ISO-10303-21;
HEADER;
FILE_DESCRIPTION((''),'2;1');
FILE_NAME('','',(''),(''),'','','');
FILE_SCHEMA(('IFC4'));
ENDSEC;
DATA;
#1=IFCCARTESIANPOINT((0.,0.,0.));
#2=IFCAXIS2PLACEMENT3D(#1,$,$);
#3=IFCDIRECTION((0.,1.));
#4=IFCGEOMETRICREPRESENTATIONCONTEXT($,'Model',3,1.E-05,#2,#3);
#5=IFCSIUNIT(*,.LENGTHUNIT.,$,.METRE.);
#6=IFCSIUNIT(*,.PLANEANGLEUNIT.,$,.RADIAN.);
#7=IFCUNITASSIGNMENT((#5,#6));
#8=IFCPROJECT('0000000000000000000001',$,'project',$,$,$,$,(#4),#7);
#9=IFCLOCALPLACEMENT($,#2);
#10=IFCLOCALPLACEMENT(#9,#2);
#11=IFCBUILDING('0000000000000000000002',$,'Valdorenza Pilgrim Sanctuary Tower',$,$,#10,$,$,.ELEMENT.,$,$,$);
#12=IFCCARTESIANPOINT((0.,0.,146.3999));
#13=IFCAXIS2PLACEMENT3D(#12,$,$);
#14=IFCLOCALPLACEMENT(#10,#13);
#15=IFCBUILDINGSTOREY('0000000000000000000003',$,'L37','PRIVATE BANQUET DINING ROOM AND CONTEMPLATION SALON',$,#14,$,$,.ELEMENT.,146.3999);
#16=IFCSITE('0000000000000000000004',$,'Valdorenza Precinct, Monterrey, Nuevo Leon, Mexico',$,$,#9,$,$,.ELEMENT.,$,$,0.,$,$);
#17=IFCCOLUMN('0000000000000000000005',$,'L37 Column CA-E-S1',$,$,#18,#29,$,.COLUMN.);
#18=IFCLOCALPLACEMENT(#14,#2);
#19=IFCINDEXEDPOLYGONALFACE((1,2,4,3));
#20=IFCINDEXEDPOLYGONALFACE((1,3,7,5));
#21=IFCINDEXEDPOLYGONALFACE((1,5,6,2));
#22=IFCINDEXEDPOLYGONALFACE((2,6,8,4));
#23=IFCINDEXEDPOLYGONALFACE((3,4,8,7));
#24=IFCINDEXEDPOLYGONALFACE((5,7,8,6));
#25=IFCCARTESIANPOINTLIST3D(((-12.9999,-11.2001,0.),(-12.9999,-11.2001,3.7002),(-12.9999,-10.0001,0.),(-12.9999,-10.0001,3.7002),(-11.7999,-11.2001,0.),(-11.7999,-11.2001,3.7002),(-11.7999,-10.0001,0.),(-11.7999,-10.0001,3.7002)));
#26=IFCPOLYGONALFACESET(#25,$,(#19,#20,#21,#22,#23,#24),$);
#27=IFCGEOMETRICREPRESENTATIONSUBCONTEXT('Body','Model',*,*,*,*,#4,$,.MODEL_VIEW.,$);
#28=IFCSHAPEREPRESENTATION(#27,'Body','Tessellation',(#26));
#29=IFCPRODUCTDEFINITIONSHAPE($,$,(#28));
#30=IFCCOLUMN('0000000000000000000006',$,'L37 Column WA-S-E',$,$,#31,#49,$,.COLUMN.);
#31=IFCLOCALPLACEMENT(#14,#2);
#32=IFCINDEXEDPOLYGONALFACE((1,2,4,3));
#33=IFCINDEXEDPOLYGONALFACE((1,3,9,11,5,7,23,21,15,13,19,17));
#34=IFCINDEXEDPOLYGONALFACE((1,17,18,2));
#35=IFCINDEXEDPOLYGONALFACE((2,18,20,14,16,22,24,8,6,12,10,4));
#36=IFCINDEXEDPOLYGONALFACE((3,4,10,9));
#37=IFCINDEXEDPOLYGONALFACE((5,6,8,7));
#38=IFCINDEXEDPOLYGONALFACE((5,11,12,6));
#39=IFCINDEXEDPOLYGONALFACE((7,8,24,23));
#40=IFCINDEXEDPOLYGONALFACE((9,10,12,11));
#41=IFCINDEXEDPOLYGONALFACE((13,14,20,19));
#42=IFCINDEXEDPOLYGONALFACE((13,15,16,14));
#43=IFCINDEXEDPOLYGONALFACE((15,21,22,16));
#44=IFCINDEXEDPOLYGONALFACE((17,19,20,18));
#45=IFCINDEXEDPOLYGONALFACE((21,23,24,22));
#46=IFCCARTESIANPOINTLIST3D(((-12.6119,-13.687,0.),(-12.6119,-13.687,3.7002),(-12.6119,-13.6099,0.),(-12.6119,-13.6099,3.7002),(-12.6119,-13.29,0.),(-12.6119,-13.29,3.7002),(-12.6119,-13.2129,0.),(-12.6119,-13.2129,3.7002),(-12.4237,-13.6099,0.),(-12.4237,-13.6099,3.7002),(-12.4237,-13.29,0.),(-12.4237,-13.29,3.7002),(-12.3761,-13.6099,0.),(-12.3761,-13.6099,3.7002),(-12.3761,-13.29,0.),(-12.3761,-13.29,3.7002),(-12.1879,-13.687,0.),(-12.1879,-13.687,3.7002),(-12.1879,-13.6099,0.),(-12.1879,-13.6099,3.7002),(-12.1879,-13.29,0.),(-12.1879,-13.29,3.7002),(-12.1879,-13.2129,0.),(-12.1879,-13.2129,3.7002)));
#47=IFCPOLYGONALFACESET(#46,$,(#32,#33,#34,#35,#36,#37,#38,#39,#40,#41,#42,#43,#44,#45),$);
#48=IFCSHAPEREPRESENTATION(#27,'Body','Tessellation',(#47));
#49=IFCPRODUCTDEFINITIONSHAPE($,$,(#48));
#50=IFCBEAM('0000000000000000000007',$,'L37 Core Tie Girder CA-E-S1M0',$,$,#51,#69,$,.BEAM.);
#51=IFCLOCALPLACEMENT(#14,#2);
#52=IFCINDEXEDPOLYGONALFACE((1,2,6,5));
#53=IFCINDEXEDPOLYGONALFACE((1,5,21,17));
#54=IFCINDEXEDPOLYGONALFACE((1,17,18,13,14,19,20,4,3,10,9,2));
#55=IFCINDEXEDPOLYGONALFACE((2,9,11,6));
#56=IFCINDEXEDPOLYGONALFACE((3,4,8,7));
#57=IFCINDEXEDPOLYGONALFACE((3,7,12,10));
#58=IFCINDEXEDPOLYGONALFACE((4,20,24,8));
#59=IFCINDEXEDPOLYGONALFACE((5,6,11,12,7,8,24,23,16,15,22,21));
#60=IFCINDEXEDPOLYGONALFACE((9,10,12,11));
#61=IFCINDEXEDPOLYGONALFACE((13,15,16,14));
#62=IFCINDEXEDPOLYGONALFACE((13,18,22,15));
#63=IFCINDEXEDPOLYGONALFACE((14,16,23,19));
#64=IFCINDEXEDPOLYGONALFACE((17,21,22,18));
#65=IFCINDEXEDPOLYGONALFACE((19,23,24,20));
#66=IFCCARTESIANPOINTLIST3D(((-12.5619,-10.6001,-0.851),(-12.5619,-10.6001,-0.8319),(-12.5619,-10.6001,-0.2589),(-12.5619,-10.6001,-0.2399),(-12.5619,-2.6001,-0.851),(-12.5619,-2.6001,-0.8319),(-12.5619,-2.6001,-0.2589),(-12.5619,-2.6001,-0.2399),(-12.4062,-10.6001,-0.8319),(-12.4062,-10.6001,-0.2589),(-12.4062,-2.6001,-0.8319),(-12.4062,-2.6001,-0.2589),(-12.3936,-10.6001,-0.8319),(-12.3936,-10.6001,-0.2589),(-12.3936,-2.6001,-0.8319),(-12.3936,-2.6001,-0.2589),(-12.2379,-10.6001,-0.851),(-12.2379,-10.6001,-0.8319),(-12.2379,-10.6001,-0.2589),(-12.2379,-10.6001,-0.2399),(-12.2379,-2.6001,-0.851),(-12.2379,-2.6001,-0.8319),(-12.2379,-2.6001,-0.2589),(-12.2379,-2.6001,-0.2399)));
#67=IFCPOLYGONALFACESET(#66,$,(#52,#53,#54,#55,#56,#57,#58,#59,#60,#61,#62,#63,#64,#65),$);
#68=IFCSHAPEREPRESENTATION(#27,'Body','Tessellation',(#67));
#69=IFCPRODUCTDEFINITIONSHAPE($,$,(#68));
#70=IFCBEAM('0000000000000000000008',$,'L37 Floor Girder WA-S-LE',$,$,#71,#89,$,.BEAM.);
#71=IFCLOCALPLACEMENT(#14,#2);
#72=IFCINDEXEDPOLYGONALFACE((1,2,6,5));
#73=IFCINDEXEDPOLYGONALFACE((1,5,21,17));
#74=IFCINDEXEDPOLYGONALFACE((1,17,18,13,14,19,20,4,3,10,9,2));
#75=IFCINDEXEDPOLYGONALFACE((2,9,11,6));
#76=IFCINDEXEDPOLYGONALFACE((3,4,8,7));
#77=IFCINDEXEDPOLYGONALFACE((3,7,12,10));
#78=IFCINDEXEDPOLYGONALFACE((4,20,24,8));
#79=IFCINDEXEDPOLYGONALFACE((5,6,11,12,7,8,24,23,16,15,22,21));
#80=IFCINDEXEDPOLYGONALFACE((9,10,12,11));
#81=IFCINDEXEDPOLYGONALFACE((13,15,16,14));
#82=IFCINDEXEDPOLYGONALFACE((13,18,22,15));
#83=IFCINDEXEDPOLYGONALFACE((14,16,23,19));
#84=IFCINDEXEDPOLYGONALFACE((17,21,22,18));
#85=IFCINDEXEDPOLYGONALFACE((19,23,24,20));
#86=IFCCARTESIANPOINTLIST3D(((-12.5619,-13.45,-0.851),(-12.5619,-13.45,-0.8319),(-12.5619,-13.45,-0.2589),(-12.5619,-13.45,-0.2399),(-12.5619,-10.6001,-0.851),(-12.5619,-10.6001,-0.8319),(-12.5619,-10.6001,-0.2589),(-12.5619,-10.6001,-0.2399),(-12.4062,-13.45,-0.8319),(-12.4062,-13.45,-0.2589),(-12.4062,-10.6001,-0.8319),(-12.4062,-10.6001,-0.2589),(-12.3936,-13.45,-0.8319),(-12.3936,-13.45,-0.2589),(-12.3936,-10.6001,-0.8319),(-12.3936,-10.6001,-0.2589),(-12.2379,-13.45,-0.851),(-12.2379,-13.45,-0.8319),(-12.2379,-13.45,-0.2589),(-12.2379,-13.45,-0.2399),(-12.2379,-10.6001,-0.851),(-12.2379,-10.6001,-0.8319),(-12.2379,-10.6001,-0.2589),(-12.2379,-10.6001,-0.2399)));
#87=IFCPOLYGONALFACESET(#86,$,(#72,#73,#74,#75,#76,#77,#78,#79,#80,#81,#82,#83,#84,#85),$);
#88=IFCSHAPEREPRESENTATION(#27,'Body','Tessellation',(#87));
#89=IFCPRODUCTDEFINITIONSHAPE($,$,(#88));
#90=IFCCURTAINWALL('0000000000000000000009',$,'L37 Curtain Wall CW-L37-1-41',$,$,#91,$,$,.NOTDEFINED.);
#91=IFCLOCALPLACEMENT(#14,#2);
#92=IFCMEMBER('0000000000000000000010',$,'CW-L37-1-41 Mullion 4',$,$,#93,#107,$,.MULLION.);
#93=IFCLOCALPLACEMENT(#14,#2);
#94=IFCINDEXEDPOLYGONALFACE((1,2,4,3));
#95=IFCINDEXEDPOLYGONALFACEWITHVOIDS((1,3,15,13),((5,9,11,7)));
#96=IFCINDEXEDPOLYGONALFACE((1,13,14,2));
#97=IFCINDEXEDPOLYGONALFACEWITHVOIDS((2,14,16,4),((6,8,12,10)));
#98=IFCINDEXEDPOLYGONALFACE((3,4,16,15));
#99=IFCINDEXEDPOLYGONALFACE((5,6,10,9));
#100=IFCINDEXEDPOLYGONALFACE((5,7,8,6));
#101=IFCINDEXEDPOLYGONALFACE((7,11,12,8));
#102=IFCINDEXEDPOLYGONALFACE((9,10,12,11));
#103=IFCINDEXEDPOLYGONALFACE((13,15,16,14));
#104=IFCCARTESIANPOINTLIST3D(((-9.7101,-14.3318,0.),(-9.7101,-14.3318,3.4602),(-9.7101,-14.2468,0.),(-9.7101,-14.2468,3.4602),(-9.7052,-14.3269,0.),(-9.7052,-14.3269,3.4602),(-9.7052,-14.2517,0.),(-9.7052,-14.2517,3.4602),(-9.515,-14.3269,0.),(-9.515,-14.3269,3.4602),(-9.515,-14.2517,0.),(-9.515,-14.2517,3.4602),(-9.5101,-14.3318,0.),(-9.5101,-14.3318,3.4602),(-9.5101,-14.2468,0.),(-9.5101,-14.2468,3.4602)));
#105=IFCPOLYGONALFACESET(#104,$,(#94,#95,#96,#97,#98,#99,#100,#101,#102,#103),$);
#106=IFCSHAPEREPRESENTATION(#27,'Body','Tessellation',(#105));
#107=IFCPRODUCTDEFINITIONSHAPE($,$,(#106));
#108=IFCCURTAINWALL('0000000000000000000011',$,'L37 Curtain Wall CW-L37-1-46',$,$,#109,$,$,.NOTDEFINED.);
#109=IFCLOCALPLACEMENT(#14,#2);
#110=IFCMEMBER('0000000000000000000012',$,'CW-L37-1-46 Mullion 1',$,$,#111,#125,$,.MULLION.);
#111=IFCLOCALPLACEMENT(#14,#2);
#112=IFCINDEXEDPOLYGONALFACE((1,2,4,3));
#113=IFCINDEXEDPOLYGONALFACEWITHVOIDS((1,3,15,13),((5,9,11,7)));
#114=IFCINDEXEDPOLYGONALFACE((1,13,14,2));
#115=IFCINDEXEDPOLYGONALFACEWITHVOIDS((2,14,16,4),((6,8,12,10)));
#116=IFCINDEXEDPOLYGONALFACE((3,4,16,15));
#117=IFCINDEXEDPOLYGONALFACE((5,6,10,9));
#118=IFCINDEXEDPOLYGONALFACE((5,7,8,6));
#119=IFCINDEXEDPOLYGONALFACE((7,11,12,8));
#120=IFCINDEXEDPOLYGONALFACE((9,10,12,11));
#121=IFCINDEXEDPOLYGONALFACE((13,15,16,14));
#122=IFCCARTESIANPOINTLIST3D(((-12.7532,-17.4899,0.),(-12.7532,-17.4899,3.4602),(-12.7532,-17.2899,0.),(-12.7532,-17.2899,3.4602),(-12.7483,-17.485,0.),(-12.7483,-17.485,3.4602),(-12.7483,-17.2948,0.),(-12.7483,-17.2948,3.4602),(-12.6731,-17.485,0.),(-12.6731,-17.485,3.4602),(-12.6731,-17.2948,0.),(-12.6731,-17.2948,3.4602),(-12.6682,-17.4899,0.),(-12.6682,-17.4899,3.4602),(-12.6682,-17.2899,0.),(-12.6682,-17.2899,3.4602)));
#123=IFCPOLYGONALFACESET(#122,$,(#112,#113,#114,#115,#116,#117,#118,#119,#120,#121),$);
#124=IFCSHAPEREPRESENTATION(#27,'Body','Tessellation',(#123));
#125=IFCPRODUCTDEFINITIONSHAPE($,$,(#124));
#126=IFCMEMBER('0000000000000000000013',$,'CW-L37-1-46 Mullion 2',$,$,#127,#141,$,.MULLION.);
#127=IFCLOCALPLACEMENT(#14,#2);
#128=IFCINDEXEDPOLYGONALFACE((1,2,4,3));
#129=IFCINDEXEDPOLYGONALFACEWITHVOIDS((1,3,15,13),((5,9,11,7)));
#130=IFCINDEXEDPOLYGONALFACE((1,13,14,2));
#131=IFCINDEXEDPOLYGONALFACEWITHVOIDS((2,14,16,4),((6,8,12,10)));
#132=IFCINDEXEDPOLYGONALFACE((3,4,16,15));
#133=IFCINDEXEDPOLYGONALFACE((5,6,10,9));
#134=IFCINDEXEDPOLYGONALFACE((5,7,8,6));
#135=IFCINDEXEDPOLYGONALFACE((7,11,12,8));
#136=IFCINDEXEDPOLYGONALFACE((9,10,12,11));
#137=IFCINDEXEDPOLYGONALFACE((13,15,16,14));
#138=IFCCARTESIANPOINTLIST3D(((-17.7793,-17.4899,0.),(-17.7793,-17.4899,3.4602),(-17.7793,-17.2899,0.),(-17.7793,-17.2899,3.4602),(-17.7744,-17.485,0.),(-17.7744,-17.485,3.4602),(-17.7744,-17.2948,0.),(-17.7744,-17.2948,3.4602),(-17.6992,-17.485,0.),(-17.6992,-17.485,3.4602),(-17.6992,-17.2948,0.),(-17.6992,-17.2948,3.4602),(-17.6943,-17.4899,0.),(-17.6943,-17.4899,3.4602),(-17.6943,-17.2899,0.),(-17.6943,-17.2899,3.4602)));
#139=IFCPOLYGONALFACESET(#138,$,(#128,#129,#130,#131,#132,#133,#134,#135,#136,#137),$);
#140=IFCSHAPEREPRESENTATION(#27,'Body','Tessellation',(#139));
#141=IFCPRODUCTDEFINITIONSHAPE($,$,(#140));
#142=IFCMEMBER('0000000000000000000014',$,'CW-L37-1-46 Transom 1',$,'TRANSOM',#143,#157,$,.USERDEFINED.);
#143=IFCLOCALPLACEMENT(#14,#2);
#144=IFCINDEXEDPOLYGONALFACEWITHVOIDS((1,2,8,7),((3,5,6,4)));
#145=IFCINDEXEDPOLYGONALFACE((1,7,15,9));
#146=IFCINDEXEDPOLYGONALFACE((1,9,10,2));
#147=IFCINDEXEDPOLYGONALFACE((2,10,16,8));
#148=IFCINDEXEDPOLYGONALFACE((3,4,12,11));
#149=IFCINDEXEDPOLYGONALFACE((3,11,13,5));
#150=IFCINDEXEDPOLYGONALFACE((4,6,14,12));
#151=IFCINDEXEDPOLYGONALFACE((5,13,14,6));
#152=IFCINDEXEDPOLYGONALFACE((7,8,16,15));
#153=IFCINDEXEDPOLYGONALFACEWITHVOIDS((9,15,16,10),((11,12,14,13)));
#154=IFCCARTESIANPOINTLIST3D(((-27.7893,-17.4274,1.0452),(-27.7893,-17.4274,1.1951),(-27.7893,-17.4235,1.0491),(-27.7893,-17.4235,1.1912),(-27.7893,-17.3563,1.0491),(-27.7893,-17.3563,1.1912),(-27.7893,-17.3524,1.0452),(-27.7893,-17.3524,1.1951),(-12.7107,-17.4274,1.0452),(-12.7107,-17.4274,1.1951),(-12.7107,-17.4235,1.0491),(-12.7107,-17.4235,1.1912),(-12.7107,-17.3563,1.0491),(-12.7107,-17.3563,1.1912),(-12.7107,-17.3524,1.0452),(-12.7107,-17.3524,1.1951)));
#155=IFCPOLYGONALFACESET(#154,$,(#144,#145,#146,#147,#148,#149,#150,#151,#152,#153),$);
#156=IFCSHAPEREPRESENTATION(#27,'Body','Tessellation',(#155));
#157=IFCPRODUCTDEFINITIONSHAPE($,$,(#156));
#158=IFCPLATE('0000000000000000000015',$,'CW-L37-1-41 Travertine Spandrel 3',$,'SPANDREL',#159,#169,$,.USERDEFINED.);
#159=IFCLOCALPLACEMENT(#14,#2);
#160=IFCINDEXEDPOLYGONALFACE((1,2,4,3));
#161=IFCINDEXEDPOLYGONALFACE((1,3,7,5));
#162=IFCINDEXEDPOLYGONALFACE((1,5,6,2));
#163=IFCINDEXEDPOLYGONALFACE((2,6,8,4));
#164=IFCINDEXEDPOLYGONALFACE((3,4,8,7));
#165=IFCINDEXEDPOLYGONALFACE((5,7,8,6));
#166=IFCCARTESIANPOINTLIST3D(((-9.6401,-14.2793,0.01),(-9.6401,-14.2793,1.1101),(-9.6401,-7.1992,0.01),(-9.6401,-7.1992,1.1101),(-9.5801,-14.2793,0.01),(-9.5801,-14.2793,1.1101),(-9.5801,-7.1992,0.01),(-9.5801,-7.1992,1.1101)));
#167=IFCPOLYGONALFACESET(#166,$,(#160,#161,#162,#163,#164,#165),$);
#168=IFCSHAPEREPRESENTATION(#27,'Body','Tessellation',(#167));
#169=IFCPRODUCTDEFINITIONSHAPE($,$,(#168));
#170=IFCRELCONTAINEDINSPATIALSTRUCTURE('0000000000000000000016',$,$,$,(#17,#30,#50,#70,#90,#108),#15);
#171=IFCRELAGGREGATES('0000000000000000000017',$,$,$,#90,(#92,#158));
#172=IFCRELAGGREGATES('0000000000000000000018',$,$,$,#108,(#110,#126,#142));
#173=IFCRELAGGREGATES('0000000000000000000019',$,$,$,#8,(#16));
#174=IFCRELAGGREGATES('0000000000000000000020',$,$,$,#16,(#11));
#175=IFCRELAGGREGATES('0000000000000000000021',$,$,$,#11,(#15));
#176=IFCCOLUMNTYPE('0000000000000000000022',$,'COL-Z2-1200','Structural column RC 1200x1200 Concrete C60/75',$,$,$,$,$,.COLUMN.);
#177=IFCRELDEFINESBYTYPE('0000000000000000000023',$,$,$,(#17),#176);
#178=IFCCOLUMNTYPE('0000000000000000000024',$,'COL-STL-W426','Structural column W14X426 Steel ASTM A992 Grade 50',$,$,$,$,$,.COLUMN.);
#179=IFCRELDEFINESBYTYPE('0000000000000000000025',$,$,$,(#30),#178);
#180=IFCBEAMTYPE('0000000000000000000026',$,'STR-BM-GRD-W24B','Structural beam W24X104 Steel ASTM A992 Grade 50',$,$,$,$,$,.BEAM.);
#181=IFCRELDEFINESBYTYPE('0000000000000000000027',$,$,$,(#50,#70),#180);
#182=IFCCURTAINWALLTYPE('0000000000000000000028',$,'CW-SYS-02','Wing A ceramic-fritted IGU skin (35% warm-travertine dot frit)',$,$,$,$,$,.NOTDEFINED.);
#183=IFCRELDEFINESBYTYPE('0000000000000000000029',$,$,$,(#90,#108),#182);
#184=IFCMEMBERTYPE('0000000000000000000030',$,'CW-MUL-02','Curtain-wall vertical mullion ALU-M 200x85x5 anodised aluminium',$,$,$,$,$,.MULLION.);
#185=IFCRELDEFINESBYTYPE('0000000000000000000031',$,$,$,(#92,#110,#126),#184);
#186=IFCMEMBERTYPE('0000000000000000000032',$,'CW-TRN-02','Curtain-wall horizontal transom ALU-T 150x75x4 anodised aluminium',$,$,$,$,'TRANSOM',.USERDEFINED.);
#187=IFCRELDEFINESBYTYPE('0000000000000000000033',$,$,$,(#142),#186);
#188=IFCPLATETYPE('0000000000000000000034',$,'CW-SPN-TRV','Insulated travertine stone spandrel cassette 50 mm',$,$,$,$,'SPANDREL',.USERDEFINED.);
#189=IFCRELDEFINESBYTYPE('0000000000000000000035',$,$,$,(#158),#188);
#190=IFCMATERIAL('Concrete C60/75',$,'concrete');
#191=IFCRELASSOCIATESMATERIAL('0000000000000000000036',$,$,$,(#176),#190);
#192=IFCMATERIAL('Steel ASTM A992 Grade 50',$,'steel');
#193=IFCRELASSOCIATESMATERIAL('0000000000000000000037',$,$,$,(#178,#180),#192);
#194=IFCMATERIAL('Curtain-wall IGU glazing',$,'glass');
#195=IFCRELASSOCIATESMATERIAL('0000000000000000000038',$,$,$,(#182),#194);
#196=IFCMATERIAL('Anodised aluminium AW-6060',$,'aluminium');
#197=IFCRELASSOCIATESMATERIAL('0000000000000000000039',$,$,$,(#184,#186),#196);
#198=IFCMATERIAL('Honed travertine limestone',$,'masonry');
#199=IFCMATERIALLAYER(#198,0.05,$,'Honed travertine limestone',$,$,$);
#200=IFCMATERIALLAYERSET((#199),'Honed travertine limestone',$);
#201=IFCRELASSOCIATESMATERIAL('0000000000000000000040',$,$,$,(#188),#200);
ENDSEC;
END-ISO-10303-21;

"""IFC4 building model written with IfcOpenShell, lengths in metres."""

from ifc_helpers import new_model, si_unit, direction, frame, origin, origin_2d, place, context, subcontext, project, spatial, rectangle, hollow_rectangle, i_section, extrude, source, transform, mapped, material, layer, layer_set, material_profile, profile_set, type_object, element, aggregate, save


model = new_model("IFC4")

# Units and contexts
model_context = context("Model", 3, precision=1e-05, world=origin(), true_north=direction((0.0, 1.0)))
body_context = subcontext(model_context, "Body", "Model", "MODEL_VIEW")
ifc_project = project(units=[si_unit("LENGTHUNIT", "METRE"), si_unit("PLANEANGLEUNIT", "RADIAN")], contexts=[model_context])

# Site, building, storey
site_placement = place(None, origin())
site = spatial("IfcSite", under=ifc_project, at=site_placement, Name="Valdorenza Precinct, Monterrey, Nuevo Leon, Mexico", CompositionType="ELEMENT", RefElevation=0.0)
building_placement = place(site_placement, origin())
building = spatial("IfcBuilding", under=site, at=building_placement, Name="Valdorenza Pilgrim Sanctuary Tower", CompositionType="ELEMENT")
storey_placement = place(building_placement, frame((0.0, 0.0, 146.3999)))
storey = spatial("IfcBuildingStorey", under=building, at=storey_placement, Name="L37", Description="PRIVATE BANQUET DINING ROOM AND CONTEMPLATION SALON", CompositionType="ELEMENT", Elevation=146.3999)

# Columns
ifc_material_1 = material(Name="Concrete C60/75", Category="concrete")
ifc_material_profile_1 = material_profile(ifc_material_1, rectangle(XDim=1.2, YDim=1.2, at=origin_2d()), Name="RC 1200x1200")
ifc_profile_set_1 = profile_set([ifc_material_profile_1], Name="Concrete C60/75")
column_type_1 = type_object("IfcColumnType", Name="COL-Z2-1200", Description="Structural column RC 1200x1200 Concrete C60/75", PredefinedType="COLUMN", material=ifc_profile_set_1)
shared_shape_1 = source(origin(), body_context, "Body", "SweptSolid", [
    extrude(rectangle(XDim=1.2, YDim=1.2, at=origin_2d()), origin(), (0.0, 0.0, 1.0), 3.7002),
])
column_1_placement = place(storey_placement, frame((-12.3999, -10.6001, 0.0), z_axis=(0.0, 0.0, 1.0), x_axis=(1.0, 0.0, 0.0)))
element("IfcColumn", 1, at=column_1_placement, inside=storey, type_object=column_type_1, Name="L37 Column CA-E-S1", PredefinedType="COLUMN", context=body_context, shape_type="MappedRepresentation", body=[
    mapped(shared_shape_1, transform((0.0, 0.0, 0.0), x_axis=(1.0, 0.0, 0.0), y_axis=(0.0, 1.0, 0.0), z_axis=(0.0, 0.0, 1.0), scale=1.0)),
])
ifc_material_2 = material(Name="Steel ASTM A992 Grade 50", Category="steel")
ifc_material_profile_2 = material_profile(ifc_material_2, i_section(OverallWidth=0.4241, OverallDepth=0.4741, WebThickness=0.0476, FlangeThickness=0.0771, at=origin_2d()), Name="W14X426")
ifc_profile_set_2 = profile_set([ifc_material_profile_2], Name="Steel ASTM A992 Grade 50")
column_type_2 = type_object("IfcColumnType", Name="COL-STL-W426", Description="Structural column W14X426 Steel ASTM A992 Grade 50", PredefinedType="COLUMN", material=ifc_profile_set_2)
shared_shape_2 = source(origin(), body_context, "Body", "SweptSolid", [
    extrude(i_section(OverallWidth=0.4241, OverallDepth=0.4741, WebThickness=0.0476, FlangeThickness=0.0771, at=origin_2d()), origin(), (0.0, 0.0, 1.0), 3.7002),
])
column_2_placement = place(storey_placement, frame((-12.3999, -13.45, 0.0), z_axis=(0.0, 0.0, 1.0), x_axis=(1.0, 0.0, 0.0)))
element("IfcColumn", 2, at=column_2_placement, inside=storey, type_object=column_type_2, Name="L37 Column WA-S-E", PredefinedType="COLUMN", context=body_context, shape_type="MappedRepresentation", body=[
    mapped(shared_shape_2, transform((0.0, 0.0, 0.0), x_axis=(1.0, 0.0, 0.0), y_axis=(0.0, 1.0, 0.0), z_axis=(0.0, 0.0, 1.0), scale=1.0)),
])

# Beams
ifc_material_profile_3 = material_profile(ifc_material_2, i_section(OverallWidth=0.324, OverallDepth=0.6111, WebThickness=0.0127, FlangeThickness=0.019, at=origin_2d()), Name="W24X104")
ifc_profile_set_3 = profile_set([ifc_material_profile_3], Name="Steel ASTM A992 Grade 50")
beam_type = type_object("IfcBeamType", Name="STR-BM-GRD-W24B", Description="Structural beam W24X104 Steel ASTM A992 Grade 50", PredefinedType="BEAM", material=ifc_profile_set_3)
shared_shape_3 = source(origin(), body_context, "Body", "SweptSolid", [
    extrude(i_section(OverallWidth=0.324, OverallDepth=0.6111, WebThickness=0.0127, FlangeThickness=0.019, at=origin_2d()), origin(), (0.0, 0.0, 1.0), 8.0),
])
beam_1_placement = place(storey_placement, frame((-12.3999, -10.6001, -0.5454), z_axis=(0.0, 1.0, 0.0), x_axis=(-1.0, 0.0, 0.0)))
element("IfcBeam", 3, at=beam_1_placement, inside=storey, type_object=beam_type, Name="L37 Core Tie Girder CA-E-S1M0", PredefinedType="BEAM", context=body_context, shape_type="MappedRepresentation", body=[
    mapped(shared_shape_3, transform((0.0, 0.0, 0.0), x_axis=(1.0, 0.0, 0.0), y_axis=(0.0, 1.0, 0.0), z_axis=(0.0, 0.0, 1.0), scale=1.0)),
])
shared_shape_4 = source(origin(), body_context, "Body", "SweptSolid", [
    extrude(i_section(OverallWidth=0.324, OverallDepth=0.6111, WebThickness=0.0127, FlangeThickness=0.019, at=origin_2d()), origin(), (0.0, 0.0, 1.0), 2.8499),
])
beam_2_placement = place(storey_placement, frame((-12.3999, -13.45, -0.5454), z_axis=(0.0, 1.0, 0.0), x_axis=(-1.0, 0.0, 0.0)))
element("IfcBeam", 4, at=beam_2_placement, inside=storey, type_object=beam_type, Name="L37 Floor Girder WA-S-LE", PredefinedType="BEAM", context=body_context, shape_type="MappedRepresentation", body=[
    mapped(shared_shape_4, transform((0.0, 0.0, 0.0), x_axis=(1.0, 0.0, 0.0), y_axis=(0.0, 1.0, 0.0), z_axis=(0.0, 0.0, 1.0), scale=1.0)),
])

# Curtain wall, member
ifc_material_3 = material(Name="Curtain-wall IGU glazing", Category="glass")
curtain_wall_type = type_object("IfcCurtainWallType", Name="CW-SYS-02", Description="Wing A ceramic-fritted IGU skin (35% warm-travertine dot frit)", PredefinedType="NOTDEFINED", material=ifc_material_3)
curtain_wall_1_placement = place(storey_placement, origin())
curtain_wall_1 = element("IfcCurtainWall", 5, at=curtain_wall_1_placement, inside=storey, type_object=curtain_wall_type, Name="L37 Curtain Wall CW-L37-1-41", PredefinedType="NOTDEFINED")
ifc_material_4 = material(Name="Anodised aluminium AW-6060", Category="aluminium")
ifc_material_profile_4 = material_profile(ifc_material_4, hollow_rectangle(XDim=0.085, YDim=0.2, WallThickness=0.0049, at=origin_2d()), Name="ALU-M 200x85x5")
ifc_profile_set_4 = profile_set([ifc_material_profile_4], Name="Anodised aluminium AW-6060")
member_type_1 = type_object("IfcMemberType", Name="CW-MUL-02", Description="Curtain-wall vertical mullion ALU-M 200x85x5 anodised aluminium", PredefinedType="MULLION", material=ifc_profile_set_4)
shared_shape_5 = source(origin(), body_context, "Body", "SweptSolid", [
    extrude(hollow_rectangle(XDim=0.085, YDim=0.2, WallThickness=0.0049, at=origin_2d()), origin(), (0.0, 0.0, 1.0), 3.4602),
])
member_1_placement = place(storey_placement, frame((-9.6101, -14.2893, 0.0), z_axis=(0.0, 0.0, 1.0), x_axis=(0.0, -1.0, 0.0)))
member_1 = element("IfcMember", 6, at=member_1_placement, type_object=member_type_1, Name="CW-L37-1-41 Mullion 4", PredefinedType="MULLION", context=body_context, shape_type="MappedRepresentation", body=[
    mapped(shared_shape_5, transform((0.0, 0.0, 0.0), x_axis=(1.0, 0.0, 0.0), y_axis=(0.0, 1.0, 0.0), z_axis=(0.0, 0.0, 1.0), scale=1.0)),
])

# Curtain wall, members
curtain_wall_2_placement = place(storey_placement, origin())
curtain_wall_2 = element("IfcCurtainWall", 7, at=curtain_wall_2_placement, inside=storey, type_object=curtain_wall_type, Name="L37 Curtain Wall CW-L37-1-46", PredefinedType="NOTDEFINED")
member_2_placement = place(storey_placement, frame((-12.7107, -17.3899, 0.0), z_axis=(0.0, 0.0, 1.0), x_axis=(-1.0, 0.0, 0.0)))
member_2 = element("IfcMember", 8, at=member_2_placement, type_object=member_type_1, Name="CW-L37-1-46 Mullion 1", PredefinedType="MULLION", context=body_context, shape_type="MappedRepresentation", body=[
    mapped(shared_shape_5, transform((0.0, 0.0, 0.0), x_axis=(1.0, 0.0, 0.0), y_axis=(0.0, 1.0, 0.0), z_axis=(0.0, 0.0, 1.0), scale=1.0)),
])
member_3_placement = place(storey_placement, frame((-17.7368, -17.3899, 0.0), z_axis=(0.0, 0.0, 1.0), x_axis=(-1.0, 0.0, 0.0)))
member_3 = element("IfcMember", 9, at=member_3_placement, type_object=member_type_1, Name="CW-L37-1-46 Mullion 2", PredefinedType="MULLION", context=body_context, shape_type="MappedRepresentation", body=[
    mapped(shared_shape_5, transform((0.0, 0.0, 0.0), x_axis=(1.0, 0.0, 0.0), y_axis=(0.0, 1.0, 0.0), z_axis=(0.0, 0.0, 1.0), scale=1.0)),
])
ifc_material_profile_5 = material_profile(ifc_material_4, hollow_rectangle(XDim=0.075, YDim=0.1499, WallThickness=0.0039, at=origin_2d()), Name="ALU-T 150x75x4")
ifc_profile_set_5 = profile_set([ifc_material_profile_5], Name="Anodised aluminium AW-6060")
member_type_2 = type_object("IfcMemberType", Name="CW-TRN-02", Description="Curtain-wall horizontal transom ALU-T 150x75x4 anodised aluminium", ElementType="TRANSOM", PredefinedType="USERDEFINED", material=ifc_profile_set_5)
shared_shape_6 = source(origin(), body_context, "Body", "SweptSolid", [
    extrude(hollow_rectangle(XDim=0.075, YDim=0.1499, WallThickness=0.0039, at=origin_2d()), origin(), (0.0, 0.0, 1.0), 15.0786),
])
member_4_placement = place(storey_placement, frame((-12.7107, -17.3899, 1.1201), z_axis=(-1.0, 0.0, 0.0), x_axis=(0.0, -1.0, 0.0)))
member_4 = element("IfcMember", 10, at=member_4_placement, type_object=member_type_2, Name="CW-L37-1-46 Transom 1", ObjectType="TRANSOM", PredefinedType="USERDEFINED", context=body_context, shape_type="MappedRepresentation", body=[
    mapped(shared_shape_6, transform((0.0, 0.0, 0.0), x_axis=(1.0, 0.0, 0.0), y_axis=(0.0, 1.0, 0.0), z_axis=(0.0, 0.0, 1.0), scale=1.0)),
])

# Plate
ifc_material_5 = material(Name="Honed travertine limestone", Category="masonry")
ifc_layer_1 = layer(ifc_material_5, 0.05, Name="Honed travertine limestone")
ifc_layer_set_1 = layer_set([ifc_layer_1], Name="Honed travertine limestone")
plate_type_1 = type_object("IfcPlateType", Name="CW-SPN-TRV", Description="Insulated travertine stone spandrel cassette 50 mm", ElementType="SPANDREL", PredefinedType="USERDEFINED", material=ifc_layer_set_1)
shared_shape_7 = source(origin(), body_context, "Body", "SweptSolid", [
    extrude(rectangle(XDim=7.0801, YDim=0.0601, at=origin_2d()), origin(), (0.0, 0.0, 1.0), 1.1001),
])
plate_1_placement = place(storey_placement, frame((-9.6101, -10.7393, 0.01), z_axis=(0.0, 0.0, 1.0), x_axis=(0.0, -1.0, 0.0)))
plate_1 = element("IfcPlate", 11, at=plate_1_placement, type_object=plate_type_1, Name="CW-L37-1-41 Travertine Spandrel 3", ObjectType="SPANDREL", PredefinedType="USERDEFINED", context=body_context, shape_type="MappedRepresentation", body=[
    mapped(shared_shape_7, transform((0.0, 0.0, 0.0), x_axis=(1.0, 0.0, 0.0), y_axis=(0.0, 1.0, 0.0), z_axis=(0.0, 0.0, 1.0), scale=1.0)),
])
aggregate(curtain_wall_1, [member_1, plate_1])
aggregate(curtain_wall_2, [member_2, member_3, member_4])

save(model, "model.ifc")
